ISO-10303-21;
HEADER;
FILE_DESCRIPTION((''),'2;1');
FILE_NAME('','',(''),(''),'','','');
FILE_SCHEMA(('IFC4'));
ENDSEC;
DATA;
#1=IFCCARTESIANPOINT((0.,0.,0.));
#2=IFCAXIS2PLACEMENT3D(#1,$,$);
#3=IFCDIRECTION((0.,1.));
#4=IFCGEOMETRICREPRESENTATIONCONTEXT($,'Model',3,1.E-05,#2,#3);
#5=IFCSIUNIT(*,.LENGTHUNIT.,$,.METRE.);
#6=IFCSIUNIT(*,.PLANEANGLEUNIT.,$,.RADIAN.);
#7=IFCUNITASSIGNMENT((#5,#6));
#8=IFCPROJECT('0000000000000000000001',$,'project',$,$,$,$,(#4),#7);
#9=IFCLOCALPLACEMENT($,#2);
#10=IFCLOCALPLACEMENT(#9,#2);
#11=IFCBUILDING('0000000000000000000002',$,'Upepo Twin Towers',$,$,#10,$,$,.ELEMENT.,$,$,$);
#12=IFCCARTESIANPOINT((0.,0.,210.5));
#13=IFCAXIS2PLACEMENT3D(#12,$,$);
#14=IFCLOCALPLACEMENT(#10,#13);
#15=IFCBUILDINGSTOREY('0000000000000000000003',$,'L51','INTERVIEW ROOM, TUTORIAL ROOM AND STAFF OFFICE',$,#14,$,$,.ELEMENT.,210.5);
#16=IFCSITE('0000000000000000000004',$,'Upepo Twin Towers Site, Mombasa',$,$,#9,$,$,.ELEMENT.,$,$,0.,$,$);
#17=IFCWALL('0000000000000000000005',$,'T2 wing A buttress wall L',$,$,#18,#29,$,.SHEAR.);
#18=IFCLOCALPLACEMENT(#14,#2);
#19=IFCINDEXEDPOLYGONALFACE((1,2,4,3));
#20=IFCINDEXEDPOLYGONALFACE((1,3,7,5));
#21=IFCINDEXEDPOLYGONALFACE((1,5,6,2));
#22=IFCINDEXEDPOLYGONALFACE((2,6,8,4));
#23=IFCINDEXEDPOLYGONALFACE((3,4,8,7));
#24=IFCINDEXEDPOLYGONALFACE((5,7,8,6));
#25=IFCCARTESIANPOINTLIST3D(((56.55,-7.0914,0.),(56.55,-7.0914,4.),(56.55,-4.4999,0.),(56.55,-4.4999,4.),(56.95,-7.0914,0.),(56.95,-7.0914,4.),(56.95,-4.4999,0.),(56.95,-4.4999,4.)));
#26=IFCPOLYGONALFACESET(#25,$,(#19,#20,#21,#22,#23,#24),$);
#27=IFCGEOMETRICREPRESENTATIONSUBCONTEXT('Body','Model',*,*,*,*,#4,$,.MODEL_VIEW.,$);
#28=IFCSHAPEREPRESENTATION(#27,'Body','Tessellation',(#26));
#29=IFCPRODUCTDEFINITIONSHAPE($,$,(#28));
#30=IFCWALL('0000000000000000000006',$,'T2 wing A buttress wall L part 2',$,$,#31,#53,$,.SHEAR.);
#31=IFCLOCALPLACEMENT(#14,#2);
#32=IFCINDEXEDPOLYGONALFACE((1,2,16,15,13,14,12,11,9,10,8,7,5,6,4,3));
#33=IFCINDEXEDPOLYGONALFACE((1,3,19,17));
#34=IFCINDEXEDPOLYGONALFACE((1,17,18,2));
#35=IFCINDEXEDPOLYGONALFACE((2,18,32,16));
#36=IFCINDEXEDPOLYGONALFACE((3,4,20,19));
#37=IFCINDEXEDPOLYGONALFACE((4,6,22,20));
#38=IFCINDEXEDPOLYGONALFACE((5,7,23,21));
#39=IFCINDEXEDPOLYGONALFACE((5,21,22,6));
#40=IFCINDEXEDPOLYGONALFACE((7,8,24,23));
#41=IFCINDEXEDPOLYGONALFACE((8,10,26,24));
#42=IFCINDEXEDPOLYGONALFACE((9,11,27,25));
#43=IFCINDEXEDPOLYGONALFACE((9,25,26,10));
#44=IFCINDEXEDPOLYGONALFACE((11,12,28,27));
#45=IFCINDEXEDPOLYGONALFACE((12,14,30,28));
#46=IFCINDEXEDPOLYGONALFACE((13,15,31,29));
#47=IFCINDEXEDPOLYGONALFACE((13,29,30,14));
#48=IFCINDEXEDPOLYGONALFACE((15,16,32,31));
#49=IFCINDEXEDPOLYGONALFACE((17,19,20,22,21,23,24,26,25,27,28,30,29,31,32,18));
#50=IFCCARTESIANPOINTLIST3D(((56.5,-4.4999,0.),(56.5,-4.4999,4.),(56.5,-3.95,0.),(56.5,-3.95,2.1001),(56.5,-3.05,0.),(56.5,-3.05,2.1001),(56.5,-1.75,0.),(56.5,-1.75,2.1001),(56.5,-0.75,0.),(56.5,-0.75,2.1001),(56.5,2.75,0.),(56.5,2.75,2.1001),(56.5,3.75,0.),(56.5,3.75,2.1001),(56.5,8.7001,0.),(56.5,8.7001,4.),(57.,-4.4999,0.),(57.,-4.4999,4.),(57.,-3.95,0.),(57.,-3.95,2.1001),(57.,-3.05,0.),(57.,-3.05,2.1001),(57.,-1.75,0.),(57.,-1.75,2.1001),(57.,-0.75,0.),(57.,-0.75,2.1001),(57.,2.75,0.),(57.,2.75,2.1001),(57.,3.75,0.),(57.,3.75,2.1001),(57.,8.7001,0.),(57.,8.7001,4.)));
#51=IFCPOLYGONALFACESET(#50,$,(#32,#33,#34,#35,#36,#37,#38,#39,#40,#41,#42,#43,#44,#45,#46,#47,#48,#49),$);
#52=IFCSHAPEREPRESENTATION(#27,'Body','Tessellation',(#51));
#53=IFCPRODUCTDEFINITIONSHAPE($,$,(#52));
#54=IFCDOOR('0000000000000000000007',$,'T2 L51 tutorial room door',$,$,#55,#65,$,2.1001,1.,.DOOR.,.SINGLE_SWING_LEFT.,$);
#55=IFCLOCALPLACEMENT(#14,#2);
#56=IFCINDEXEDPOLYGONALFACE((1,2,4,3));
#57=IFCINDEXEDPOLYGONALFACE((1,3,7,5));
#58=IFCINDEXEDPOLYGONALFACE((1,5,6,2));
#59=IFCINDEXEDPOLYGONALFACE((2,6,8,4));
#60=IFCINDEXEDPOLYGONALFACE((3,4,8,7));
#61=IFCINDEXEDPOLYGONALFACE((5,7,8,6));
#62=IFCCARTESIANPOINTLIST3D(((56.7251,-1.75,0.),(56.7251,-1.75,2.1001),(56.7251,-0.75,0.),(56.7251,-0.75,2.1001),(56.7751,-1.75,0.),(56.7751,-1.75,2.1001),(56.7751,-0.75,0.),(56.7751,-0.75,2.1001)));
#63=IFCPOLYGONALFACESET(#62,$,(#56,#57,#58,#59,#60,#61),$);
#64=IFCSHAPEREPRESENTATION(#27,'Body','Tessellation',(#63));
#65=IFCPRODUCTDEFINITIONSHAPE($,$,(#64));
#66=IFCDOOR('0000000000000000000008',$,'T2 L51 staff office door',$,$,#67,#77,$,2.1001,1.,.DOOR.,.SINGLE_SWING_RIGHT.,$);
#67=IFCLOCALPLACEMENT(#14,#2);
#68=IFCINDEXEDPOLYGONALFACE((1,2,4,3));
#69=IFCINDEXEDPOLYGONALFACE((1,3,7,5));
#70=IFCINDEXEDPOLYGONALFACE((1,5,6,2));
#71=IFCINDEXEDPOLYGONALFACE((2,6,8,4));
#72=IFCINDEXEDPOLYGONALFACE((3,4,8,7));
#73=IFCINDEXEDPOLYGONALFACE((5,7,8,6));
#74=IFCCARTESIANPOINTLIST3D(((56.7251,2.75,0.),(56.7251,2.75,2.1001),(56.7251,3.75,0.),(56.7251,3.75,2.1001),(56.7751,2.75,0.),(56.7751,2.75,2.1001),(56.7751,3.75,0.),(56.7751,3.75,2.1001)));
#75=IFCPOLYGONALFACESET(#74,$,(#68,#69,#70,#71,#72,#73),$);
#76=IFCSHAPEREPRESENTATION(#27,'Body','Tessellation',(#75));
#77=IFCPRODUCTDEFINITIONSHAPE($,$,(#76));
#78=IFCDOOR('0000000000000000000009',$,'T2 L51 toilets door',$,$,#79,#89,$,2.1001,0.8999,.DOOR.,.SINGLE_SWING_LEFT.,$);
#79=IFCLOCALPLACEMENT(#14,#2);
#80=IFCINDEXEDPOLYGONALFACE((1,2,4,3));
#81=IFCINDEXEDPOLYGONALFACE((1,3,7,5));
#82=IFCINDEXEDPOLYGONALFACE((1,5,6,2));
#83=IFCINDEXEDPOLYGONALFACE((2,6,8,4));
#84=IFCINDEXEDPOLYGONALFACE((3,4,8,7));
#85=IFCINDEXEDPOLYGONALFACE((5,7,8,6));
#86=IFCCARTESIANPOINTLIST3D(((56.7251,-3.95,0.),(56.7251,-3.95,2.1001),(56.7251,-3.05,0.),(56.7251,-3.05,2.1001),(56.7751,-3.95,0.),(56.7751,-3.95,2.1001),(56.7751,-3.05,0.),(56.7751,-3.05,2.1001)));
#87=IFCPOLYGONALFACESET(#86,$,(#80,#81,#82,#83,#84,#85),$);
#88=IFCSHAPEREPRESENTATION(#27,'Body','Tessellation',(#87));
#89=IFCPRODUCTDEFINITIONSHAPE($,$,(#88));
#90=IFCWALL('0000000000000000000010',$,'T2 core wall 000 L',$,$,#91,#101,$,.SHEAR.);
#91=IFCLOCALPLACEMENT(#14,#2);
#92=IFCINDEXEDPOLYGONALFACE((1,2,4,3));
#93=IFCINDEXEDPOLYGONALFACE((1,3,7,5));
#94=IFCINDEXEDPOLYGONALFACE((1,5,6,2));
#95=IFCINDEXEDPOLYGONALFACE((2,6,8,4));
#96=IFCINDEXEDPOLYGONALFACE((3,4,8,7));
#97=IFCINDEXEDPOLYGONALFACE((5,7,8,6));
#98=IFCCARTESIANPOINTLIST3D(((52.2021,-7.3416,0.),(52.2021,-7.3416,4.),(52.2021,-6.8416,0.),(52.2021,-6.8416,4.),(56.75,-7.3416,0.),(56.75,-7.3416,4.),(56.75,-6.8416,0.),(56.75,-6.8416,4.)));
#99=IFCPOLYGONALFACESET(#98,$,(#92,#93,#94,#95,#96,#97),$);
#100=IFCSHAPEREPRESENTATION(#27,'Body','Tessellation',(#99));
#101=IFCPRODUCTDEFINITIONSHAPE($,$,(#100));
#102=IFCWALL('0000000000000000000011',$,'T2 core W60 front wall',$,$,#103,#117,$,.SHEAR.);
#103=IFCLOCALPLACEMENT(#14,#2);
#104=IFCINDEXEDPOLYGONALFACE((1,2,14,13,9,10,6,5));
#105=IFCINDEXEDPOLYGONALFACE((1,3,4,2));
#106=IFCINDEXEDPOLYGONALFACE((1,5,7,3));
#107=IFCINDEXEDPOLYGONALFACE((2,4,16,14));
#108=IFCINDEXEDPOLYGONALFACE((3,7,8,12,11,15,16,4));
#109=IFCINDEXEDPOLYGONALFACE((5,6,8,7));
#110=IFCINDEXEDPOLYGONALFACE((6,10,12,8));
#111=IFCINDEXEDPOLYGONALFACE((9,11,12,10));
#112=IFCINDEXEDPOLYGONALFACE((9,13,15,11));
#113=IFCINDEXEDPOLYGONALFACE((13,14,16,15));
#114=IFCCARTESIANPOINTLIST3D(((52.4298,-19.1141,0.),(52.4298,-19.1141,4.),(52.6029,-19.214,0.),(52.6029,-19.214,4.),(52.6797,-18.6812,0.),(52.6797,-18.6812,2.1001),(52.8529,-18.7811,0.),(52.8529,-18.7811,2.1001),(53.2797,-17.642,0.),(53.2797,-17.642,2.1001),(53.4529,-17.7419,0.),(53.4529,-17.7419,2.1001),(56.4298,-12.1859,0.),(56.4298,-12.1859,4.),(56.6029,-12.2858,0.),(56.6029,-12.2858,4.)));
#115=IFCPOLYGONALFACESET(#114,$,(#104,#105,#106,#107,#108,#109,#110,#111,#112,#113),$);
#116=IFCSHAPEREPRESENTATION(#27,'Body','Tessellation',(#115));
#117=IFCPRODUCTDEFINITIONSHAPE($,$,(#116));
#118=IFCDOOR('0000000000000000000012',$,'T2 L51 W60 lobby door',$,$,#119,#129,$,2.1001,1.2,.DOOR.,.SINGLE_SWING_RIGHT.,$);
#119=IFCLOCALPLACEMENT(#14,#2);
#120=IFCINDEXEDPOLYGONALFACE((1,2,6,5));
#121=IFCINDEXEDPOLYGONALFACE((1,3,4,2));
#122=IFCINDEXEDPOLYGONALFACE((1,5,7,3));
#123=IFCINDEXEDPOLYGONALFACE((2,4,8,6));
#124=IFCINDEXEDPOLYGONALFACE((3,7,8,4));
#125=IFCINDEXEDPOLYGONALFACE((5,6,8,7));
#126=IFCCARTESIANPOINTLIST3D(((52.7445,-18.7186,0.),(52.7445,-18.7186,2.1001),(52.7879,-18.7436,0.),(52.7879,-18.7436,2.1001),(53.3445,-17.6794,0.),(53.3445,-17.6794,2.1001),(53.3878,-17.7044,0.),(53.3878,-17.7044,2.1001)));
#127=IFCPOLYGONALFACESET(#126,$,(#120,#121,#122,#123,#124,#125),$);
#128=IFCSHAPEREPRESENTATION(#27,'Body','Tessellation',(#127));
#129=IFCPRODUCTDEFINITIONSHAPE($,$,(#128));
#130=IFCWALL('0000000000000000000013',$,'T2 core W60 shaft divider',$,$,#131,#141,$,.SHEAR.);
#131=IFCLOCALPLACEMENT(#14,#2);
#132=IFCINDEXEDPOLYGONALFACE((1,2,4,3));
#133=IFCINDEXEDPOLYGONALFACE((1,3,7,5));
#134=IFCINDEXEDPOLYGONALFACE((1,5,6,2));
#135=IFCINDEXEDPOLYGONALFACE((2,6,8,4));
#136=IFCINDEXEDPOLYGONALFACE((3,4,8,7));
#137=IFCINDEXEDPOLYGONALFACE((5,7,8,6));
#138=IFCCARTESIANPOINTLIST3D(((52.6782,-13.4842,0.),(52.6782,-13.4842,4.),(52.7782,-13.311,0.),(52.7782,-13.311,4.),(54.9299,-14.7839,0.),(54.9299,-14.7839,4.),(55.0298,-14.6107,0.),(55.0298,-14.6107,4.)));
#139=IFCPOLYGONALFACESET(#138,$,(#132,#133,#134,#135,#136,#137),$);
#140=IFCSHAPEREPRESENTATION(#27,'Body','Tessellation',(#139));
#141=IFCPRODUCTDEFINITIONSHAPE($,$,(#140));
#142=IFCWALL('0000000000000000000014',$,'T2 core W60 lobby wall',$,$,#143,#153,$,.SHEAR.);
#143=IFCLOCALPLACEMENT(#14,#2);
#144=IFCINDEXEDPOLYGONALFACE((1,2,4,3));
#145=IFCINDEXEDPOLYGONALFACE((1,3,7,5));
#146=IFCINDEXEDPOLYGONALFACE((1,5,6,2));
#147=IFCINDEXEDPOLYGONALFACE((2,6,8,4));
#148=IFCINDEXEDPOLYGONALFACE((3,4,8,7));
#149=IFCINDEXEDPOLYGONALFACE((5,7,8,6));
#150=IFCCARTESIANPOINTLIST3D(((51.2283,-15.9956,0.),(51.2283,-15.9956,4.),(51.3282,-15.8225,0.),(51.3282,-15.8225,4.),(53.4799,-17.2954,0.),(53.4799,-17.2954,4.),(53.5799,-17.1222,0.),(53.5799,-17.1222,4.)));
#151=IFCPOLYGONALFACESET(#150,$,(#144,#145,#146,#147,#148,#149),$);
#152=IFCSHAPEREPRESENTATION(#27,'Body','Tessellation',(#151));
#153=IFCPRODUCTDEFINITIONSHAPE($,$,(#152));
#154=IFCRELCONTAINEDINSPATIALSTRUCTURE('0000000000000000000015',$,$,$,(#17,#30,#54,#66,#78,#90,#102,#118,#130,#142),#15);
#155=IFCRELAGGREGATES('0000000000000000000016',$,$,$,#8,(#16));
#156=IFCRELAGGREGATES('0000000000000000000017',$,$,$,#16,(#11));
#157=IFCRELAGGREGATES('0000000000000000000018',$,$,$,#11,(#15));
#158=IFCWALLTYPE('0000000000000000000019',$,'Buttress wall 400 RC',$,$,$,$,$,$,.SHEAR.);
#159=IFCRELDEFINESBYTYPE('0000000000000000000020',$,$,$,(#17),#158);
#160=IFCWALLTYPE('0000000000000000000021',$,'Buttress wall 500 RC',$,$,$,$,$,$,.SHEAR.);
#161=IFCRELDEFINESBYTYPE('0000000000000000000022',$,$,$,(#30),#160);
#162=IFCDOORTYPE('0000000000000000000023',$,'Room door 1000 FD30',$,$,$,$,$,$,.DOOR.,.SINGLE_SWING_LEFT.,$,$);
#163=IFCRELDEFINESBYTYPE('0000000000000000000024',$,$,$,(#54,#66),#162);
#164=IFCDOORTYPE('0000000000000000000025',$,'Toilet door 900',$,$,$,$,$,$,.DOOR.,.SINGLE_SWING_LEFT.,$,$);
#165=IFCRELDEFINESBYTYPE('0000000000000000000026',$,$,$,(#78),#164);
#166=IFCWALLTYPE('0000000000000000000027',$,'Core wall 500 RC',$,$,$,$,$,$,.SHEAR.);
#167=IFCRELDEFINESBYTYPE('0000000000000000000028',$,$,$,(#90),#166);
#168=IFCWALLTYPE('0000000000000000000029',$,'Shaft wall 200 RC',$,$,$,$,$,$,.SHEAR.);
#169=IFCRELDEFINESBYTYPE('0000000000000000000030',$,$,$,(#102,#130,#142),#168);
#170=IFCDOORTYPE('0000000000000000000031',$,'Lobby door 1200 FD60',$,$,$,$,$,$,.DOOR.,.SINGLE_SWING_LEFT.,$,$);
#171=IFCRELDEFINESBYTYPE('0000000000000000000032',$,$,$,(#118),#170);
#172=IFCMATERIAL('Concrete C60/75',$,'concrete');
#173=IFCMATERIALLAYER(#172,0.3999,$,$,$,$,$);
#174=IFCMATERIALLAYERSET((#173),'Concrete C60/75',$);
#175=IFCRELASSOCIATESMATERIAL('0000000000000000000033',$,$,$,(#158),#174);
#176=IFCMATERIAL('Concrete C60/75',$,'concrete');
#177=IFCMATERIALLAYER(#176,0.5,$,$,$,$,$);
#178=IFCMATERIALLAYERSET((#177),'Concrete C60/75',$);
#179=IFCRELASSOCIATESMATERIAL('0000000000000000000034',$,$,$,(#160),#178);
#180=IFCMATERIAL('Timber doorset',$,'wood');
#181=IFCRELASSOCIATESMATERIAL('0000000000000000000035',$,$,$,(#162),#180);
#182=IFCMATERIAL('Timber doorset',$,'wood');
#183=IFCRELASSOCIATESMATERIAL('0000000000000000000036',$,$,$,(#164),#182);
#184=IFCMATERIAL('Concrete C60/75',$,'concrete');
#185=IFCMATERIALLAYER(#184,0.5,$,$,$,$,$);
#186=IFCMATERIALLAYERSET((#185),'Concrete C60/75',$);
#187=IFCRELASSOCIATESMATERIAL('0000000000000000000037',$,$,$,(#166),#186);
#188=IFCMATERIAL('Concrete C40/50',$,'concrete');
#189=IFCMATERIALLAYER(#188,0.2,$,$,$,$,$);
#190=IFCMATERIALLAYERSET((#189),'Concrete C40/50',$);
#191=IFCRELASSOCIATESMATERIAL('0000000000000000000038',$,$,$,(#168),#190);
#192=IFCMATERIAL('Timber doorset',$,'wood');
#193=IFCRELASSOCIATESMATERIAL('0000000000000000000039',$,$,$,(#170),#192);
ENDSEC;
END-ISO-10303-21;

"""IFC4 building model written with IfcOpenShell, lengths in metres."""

from ifc_helpers import new_model, si_unit, direction, frame, frame_2d, origin, place, context, subcontext, project, spatial, rectangle, extrude, material, layer, layer_set, type_object, element, fill, save


model = new_model("IFC4")

# Units and contexts
model_context = context("Model", 3, precision=1e-05, world=origin(), true_north=direction((0.0, 1.0)))
body_context = subcontext(model_context, "Body", "Model", "MODEL_VIEW")
ifc_project = project(units=[si_unit("LENGTHUNIT", "METRE"), si_unit("PLANEANGLEUNIT", "RADIAN")], contexts=[model_context])

# Site, building, storey
site_placement = place(None, origin())
site = spatial("IfcSite", under=ifc_project, at=site_placement, Name="Upepo Twin Towers Site, Mombasa", CompositionType="ELEMENT", RefElevation=0.0)
building_placement = place(site_placement, origin())
building = spatial("IfcBuilding", under=site, at=building_placement, Name="Upepo Twin Towers", CompositionType="ELEMENT")
storey_placement = place(building_placement, frame((0.0, 0.0, 210.5)))
storey = spatial("IfcBuildingStorey", under=building, at=storey_placement, Name="L51", Description="INTERVIEW ROOM, TUTORIAL ROOM AND STAFF OFFICE", CompositionType="ELEMENT", Elevation=210.5)

# Wall
ifc_material_1 = material(Name="Concrete C60/75", Category="concrete")
ifc_layer_1 = layer(ifc_material_1, 0.3999)
ifc_layer_set_1 = layer_set([ifc_layer_1], Name="Concrete C60/75")
wall_type_1 = type_object("IfcWallType", Name="Buttress wall 400 RC", PredefinedType="SHEAR", material=ifc_layer_set_1)
wall_1_placement = place(storey_placement, frame((56.75, -7.0916, 0.0), z_axis=(0.0, 0.0, 1.0), x_axis=(0.0, 1.0, 0.0)))
element("IfcWall", 1, at=wall_1_placement, inside=storey, type_object=wall_type_1, Name="T2 wing A buttress wall L", PredefinedType="SHEAR", context=body_context, shape_type="SweptSolid", body=[
    extrude(rectangle(XDim=2.5916, YDim=0.3999, at=frame_2d((1.2959, 0.0))), origin(), (0.0, 0.0, 1.0), 4.0),
])

# Wall, openings, doors
ifc_material_2 = material(Name="Concrete C60/75", Category="concrete")
ifc_layer_2 = layer(ifc_material_2, 0.5)
ifc_layer_set_2 = layer_set([ifc_layer_2], Name="Concrete C60/75")
wall_type_2 = type_object("IfcWallType", Name="Buttress wall 500 RC", PredefinedType="SHEAR", material=ifc_layer_set_2)
wall_2_placement = place(storey_placement, frame((56.75, -4.5, 0.0), z_axis=(0.0, 0.0, 1.0), x_axis=(0.0, 1.0, 0.0)))
wall_2 = element("IfcWall", 2, at=wall_2_placement, inside=storey, type_object=wall_type_2, Name="T2 wing A buttress wall L part 2", PredefinedType="SHEAR", context=body_context, shape_type="SweptSolid", body=[
    extrude(rectangle(XDim=13.2, YDim=0.5, at=frame_2d((6.6001, 0.0))), origin(), (0.0, 0.0, 1.0), 4.0),
])
opening_1_placement = place(wall_2_placement, frame((0.55, 0.0, 0.0)))
opening_1 = element("IfcOpeningElement", 3, at=opening_1_placement, cuts=wall_2, PredefinedType="OPENING", context=body_context, shape_type="SweptSolid", body=[
    extrude(rectangle(XDim=0.8999, YDim=2.1001, at=frame_2d((0.45, 1.05))), frame((0.0, 0.26, 0.0), z_axis=(0.0, -1.0, 0.0), x_axis=(1.0, 0.0, 0.0)), (0.0, 0.0, 1.0), 0.52),
])
opening_2_placement = place(wall_2_placement, frame((2.75, 0.0, 0.0)))
opening_2 = element("IfcOpeningElement", 4, at=opening_2_placement, cuts=wall_2, PredefinedType="OPENING", context=body_context, shape_type="SweptSolid", body=[
    extrude(rectangle(XDim=1.0, YDim=2.1001, at=frame_2d((0.5, 1.05))), frame((0.0, 0.26, 0.0), z_axis=(0.0, -1.0, 0.0), x_axis=(1.0, 0.0, 0.0)), (0.0, 0.0, 1.0), 0.52),
])
opening_3_placement = place(wall_2_placement, frame((7.25, 0.0, 0.0)))
opening_3 = element("IfcOpeningElement", 5, at=opening_3_placement, cuts=wall_2, PredefinedType="OPENING", context=body_context, shape_type="SweptSolid", body=[
    extrude(rectangle(XDim=1.0, YDim=2.1001, at=frame_2d((0.5, 1.05))), frame((0.0, 0.26, 0.0), z_axis=(0.0, -1.0, 0.0), x_axis=(1.0, 0.0, 0.0)), (0.0, 0.0, 1.0), 0.52),
])
ifc_material_3 = material(Name="Timber doorset", Category="wood")
door_type_1 = type_object("IfcDoorType", Name="Room door 1000 FD30", OperationType="SINGLE_SWING_LEFT", PredefinedType="DOOR", material=ifc_material_3)
door_1_placement = place(opening_2_placement, origin())
door_1 = element("IfcDoor", 6, at=door_1_placement, inside=storey, type_object=door_type_1, Name="T2 L51 tutorial room door", OperationType="SINGLE_SWING_LEFT", OverallHeight=2.1001, OverallWidth=1.0, PredefinedType="DOOR", context=body_context, shape_type="SweptSolid", body=[
    extrude(rectangle(XDim=1.0, YDim=2.1001, at=frame_2d((0.5, 1.05))), frame((0.0, 0.0249, 0.0), z_axis=(0.0, -1.0, 0.0), x_axis=(1.0, 0.0, 0.0)), (0.0, 0.0, 1.0), 0.05),
])
fill(opening_2, door_1)
door_2_placement = place(opening_3_placement, origin())
door_2 = element("IfcDoor", 7, at=door_2_placement, inside=storey, type_object=door_type_1, Name="T2 L51 staff office door", OperationType="SINGLE_SWING_RIGHT", OverallHeight=2.1001, OverallWidth=1.0, PredefinedType="DOOR", context=body_context, shape_type="SweptSolid", body=[
    extrude(rectangle(XDim=1.0, YDim=2.1001, at=frame_2d((0.5, 1.05))), frame((0.0, 0.0249, 0.0), z_axis=(0.0, -1.0, 0.0), x_axis=(1.0, 0.0, 0.0)), (0.0, 0.0, 1.0), 0.05),
])
fill(opening_3, door_2)
ifc_material_4 = material(Name="Timber doorset", Category="wood")
door_type_2 = type_object("IfcDoorType", Name="Toilet door 900", OperationType="SINGLE_SWING_LEFT", PredefinedType="DOOR", material=ifc_material_4)
door_3_placement = place(opening_1_placement, origin())
door_3 = element("IfcDoor", 8, at=door_3_placement, inside=storey, type_object=door_type_2, Name="T2 L51 toilets door", OperationType="SINGLE_SWING_LEFT", OverallHeight=2.1001, OverallWidth=0.8999, PredefinedType="DOOR", context=body_context, shape_type="SweptSolid", body=[
    extrude(rectangle(XDim=0.8999, YDim=2.1001, at=frame_2d((0.45, 1.05))), frame((0.0, 0.0249, 0.0), z_axis=(0.0, -1.0, 0.0), x_axis=(1.0, 0.0, 0.0)), (0.0, 0.0, 1.0), 0.05),
])
fill(opening_1, door_3)

# Wall
ifc_material_5 = material(Name="Concrete C60/75", Category="concrete")
ifc_layer_3 = layer(ifc_material_5, 0.5)
ifc_layer_set_3 = layer_set([ifc_layer_3], Name="Concrete C60/75")
wall_type_3 = type_object("IfcWallType", Name="Core wall 500 RC", PredefinedType="SHEAR", material=ifc_layer_set_3)
wall_3_placement = place(storey_placement, frame((56.75, -7.0916, 0.0), z_axis=(0.0, 0.0, 1.0), x_axis=(-1.0, 0.0, 0.0)))
element("IfcWall", 9, at=wall_3_placement, inside=storey, type_object=wall_type_3, Name="T2 core wall 000 L", PredefinedType="SHEAR", context=body_context, shape_type="SweptSolid", body=[
    extrude(rectangle(XDim=4.5479, YDim=0.5, at=frame_2d((2.2739, 0.0))), origin(), (0.0, 0.0, 1.0), 4.0),
])

# Wall, opening, door
ifc_material_6 = material(Name="Concrete C40/50", Category="concrete")
ifc_layer_4 = layer(ifc_material_6, 0.2)
ifc_layer_set_4 = layer_set([ifc_layer_4], Name="Concrete C40/50")
wall_type_4 = type_object("IfcWallType", Name="Shaft wall 200 RC", PredefinedType="SHEAR", material=ifc_layer_set_4)
wall_4_placement = place(storey_placement, frame((56.5164, -12.2358, 0.0), z_axis=(0.0, 0.0, 1.0), x_axis=(-0.499999, -0.866026, 0.0)))
wall_4 = element("IfcWall", 10, at=wall_4_placement, inside=storey, type_object=wall_type_4, Name="T2 core W60 front wall", PredefinedType="SHEAR", context=body_context, shape_type="SweptSolid", body=[
    extrude(rectangle(XDim=8.0, YDim=0.2, at=frame_2d((4.0, 0.0))), origin(), (0.0, 0.0, 1.0), 4.0),
])
opening_4_placement = place(wall_4_placement, frame((6.3, 0.0, 0.0)))
opening_4 = element("IfcOpeningElement", 11, at=opening_4_placement, cuts=wall_4, PredefinedType="OPENING", context=body_context, shape_type="SweptSolid", body=[
    extrude(rectangle(XDim=1.2, YDim=2.1001, at=frame_2d((0.6001, 1.05))), frame((0.0, 0.1099, 0.0), z_axis=(0.0, -1.0, 0.0), x_axis=(1.0, 0.0, 0.0)), (0.0, 0.0, 1.0), 0.22),
])
ifc_material_7 = material(Name="Timber doorset", Category="wood")
door_type_3 = type_object("IfcDoorType", Name="Lobby door 1200 FD60", OperationType="SINGLE_SWING_LEFT", PredefinedType="DOOR", material=ifc_material_7)
door_4_placement = place(opening_4_placement, origin())
door_4 = element("IfcDoor", 12, at=door_4_placement, inside=storey, type_object=door_type_3, Name="T2 L51 W60 lobby door", OperationType="SINGLE_SWING_RIGHT", OverallHeight=2.1001, OverallWidth=1.2, PredefinedType="DOOR", context=body_context, shape_type="SweptSolid", body=[
    extrude(rectangle(XDim=1.2, YDim=2.1001, at=frame_2d((0.6001, 1.05))), frame((0.0, 0.0249, 0.0), z_axis=(0.0, -1.0, 0.0), x_axis=(1.0, 0.0, 0.0)), (0.0, 0.0, 1.0), 0.05),
])
fill(opening_4, door_4)

# Walls
for number, where, z_axis, x_axis, name in (
    (13, (54.9797, -14.6973, 0.0), (0.0, 0.0, 1.0), (-0.866062, 0.499937, 0.0), "T2 core W60 shaft divider"),
    (14, (53.5298, -17.2087, 0.0), (0.0, 0.0, 1.0), (-0.866062, 0.499937, 0.0), "T2 core W60 lobby wall"),
):
    element("IfcWall", number, at=place(storey_placement, frame(where, z_axis=z_axis, x_axis=x_axis)), inside=storey, type_object=wall_type_4, Name=name, PredefinedType="SHEAR", context=body_context, shape_type="SweptSolid", body=[
        extrude(rectangle(XDim=2.5999, YDim=0.2, at=frame_2d((1.2998, 0.0))), origin(), (0.0, 0.0, 1.0), 4.0),
    ])

save(model, "model.ifc")
